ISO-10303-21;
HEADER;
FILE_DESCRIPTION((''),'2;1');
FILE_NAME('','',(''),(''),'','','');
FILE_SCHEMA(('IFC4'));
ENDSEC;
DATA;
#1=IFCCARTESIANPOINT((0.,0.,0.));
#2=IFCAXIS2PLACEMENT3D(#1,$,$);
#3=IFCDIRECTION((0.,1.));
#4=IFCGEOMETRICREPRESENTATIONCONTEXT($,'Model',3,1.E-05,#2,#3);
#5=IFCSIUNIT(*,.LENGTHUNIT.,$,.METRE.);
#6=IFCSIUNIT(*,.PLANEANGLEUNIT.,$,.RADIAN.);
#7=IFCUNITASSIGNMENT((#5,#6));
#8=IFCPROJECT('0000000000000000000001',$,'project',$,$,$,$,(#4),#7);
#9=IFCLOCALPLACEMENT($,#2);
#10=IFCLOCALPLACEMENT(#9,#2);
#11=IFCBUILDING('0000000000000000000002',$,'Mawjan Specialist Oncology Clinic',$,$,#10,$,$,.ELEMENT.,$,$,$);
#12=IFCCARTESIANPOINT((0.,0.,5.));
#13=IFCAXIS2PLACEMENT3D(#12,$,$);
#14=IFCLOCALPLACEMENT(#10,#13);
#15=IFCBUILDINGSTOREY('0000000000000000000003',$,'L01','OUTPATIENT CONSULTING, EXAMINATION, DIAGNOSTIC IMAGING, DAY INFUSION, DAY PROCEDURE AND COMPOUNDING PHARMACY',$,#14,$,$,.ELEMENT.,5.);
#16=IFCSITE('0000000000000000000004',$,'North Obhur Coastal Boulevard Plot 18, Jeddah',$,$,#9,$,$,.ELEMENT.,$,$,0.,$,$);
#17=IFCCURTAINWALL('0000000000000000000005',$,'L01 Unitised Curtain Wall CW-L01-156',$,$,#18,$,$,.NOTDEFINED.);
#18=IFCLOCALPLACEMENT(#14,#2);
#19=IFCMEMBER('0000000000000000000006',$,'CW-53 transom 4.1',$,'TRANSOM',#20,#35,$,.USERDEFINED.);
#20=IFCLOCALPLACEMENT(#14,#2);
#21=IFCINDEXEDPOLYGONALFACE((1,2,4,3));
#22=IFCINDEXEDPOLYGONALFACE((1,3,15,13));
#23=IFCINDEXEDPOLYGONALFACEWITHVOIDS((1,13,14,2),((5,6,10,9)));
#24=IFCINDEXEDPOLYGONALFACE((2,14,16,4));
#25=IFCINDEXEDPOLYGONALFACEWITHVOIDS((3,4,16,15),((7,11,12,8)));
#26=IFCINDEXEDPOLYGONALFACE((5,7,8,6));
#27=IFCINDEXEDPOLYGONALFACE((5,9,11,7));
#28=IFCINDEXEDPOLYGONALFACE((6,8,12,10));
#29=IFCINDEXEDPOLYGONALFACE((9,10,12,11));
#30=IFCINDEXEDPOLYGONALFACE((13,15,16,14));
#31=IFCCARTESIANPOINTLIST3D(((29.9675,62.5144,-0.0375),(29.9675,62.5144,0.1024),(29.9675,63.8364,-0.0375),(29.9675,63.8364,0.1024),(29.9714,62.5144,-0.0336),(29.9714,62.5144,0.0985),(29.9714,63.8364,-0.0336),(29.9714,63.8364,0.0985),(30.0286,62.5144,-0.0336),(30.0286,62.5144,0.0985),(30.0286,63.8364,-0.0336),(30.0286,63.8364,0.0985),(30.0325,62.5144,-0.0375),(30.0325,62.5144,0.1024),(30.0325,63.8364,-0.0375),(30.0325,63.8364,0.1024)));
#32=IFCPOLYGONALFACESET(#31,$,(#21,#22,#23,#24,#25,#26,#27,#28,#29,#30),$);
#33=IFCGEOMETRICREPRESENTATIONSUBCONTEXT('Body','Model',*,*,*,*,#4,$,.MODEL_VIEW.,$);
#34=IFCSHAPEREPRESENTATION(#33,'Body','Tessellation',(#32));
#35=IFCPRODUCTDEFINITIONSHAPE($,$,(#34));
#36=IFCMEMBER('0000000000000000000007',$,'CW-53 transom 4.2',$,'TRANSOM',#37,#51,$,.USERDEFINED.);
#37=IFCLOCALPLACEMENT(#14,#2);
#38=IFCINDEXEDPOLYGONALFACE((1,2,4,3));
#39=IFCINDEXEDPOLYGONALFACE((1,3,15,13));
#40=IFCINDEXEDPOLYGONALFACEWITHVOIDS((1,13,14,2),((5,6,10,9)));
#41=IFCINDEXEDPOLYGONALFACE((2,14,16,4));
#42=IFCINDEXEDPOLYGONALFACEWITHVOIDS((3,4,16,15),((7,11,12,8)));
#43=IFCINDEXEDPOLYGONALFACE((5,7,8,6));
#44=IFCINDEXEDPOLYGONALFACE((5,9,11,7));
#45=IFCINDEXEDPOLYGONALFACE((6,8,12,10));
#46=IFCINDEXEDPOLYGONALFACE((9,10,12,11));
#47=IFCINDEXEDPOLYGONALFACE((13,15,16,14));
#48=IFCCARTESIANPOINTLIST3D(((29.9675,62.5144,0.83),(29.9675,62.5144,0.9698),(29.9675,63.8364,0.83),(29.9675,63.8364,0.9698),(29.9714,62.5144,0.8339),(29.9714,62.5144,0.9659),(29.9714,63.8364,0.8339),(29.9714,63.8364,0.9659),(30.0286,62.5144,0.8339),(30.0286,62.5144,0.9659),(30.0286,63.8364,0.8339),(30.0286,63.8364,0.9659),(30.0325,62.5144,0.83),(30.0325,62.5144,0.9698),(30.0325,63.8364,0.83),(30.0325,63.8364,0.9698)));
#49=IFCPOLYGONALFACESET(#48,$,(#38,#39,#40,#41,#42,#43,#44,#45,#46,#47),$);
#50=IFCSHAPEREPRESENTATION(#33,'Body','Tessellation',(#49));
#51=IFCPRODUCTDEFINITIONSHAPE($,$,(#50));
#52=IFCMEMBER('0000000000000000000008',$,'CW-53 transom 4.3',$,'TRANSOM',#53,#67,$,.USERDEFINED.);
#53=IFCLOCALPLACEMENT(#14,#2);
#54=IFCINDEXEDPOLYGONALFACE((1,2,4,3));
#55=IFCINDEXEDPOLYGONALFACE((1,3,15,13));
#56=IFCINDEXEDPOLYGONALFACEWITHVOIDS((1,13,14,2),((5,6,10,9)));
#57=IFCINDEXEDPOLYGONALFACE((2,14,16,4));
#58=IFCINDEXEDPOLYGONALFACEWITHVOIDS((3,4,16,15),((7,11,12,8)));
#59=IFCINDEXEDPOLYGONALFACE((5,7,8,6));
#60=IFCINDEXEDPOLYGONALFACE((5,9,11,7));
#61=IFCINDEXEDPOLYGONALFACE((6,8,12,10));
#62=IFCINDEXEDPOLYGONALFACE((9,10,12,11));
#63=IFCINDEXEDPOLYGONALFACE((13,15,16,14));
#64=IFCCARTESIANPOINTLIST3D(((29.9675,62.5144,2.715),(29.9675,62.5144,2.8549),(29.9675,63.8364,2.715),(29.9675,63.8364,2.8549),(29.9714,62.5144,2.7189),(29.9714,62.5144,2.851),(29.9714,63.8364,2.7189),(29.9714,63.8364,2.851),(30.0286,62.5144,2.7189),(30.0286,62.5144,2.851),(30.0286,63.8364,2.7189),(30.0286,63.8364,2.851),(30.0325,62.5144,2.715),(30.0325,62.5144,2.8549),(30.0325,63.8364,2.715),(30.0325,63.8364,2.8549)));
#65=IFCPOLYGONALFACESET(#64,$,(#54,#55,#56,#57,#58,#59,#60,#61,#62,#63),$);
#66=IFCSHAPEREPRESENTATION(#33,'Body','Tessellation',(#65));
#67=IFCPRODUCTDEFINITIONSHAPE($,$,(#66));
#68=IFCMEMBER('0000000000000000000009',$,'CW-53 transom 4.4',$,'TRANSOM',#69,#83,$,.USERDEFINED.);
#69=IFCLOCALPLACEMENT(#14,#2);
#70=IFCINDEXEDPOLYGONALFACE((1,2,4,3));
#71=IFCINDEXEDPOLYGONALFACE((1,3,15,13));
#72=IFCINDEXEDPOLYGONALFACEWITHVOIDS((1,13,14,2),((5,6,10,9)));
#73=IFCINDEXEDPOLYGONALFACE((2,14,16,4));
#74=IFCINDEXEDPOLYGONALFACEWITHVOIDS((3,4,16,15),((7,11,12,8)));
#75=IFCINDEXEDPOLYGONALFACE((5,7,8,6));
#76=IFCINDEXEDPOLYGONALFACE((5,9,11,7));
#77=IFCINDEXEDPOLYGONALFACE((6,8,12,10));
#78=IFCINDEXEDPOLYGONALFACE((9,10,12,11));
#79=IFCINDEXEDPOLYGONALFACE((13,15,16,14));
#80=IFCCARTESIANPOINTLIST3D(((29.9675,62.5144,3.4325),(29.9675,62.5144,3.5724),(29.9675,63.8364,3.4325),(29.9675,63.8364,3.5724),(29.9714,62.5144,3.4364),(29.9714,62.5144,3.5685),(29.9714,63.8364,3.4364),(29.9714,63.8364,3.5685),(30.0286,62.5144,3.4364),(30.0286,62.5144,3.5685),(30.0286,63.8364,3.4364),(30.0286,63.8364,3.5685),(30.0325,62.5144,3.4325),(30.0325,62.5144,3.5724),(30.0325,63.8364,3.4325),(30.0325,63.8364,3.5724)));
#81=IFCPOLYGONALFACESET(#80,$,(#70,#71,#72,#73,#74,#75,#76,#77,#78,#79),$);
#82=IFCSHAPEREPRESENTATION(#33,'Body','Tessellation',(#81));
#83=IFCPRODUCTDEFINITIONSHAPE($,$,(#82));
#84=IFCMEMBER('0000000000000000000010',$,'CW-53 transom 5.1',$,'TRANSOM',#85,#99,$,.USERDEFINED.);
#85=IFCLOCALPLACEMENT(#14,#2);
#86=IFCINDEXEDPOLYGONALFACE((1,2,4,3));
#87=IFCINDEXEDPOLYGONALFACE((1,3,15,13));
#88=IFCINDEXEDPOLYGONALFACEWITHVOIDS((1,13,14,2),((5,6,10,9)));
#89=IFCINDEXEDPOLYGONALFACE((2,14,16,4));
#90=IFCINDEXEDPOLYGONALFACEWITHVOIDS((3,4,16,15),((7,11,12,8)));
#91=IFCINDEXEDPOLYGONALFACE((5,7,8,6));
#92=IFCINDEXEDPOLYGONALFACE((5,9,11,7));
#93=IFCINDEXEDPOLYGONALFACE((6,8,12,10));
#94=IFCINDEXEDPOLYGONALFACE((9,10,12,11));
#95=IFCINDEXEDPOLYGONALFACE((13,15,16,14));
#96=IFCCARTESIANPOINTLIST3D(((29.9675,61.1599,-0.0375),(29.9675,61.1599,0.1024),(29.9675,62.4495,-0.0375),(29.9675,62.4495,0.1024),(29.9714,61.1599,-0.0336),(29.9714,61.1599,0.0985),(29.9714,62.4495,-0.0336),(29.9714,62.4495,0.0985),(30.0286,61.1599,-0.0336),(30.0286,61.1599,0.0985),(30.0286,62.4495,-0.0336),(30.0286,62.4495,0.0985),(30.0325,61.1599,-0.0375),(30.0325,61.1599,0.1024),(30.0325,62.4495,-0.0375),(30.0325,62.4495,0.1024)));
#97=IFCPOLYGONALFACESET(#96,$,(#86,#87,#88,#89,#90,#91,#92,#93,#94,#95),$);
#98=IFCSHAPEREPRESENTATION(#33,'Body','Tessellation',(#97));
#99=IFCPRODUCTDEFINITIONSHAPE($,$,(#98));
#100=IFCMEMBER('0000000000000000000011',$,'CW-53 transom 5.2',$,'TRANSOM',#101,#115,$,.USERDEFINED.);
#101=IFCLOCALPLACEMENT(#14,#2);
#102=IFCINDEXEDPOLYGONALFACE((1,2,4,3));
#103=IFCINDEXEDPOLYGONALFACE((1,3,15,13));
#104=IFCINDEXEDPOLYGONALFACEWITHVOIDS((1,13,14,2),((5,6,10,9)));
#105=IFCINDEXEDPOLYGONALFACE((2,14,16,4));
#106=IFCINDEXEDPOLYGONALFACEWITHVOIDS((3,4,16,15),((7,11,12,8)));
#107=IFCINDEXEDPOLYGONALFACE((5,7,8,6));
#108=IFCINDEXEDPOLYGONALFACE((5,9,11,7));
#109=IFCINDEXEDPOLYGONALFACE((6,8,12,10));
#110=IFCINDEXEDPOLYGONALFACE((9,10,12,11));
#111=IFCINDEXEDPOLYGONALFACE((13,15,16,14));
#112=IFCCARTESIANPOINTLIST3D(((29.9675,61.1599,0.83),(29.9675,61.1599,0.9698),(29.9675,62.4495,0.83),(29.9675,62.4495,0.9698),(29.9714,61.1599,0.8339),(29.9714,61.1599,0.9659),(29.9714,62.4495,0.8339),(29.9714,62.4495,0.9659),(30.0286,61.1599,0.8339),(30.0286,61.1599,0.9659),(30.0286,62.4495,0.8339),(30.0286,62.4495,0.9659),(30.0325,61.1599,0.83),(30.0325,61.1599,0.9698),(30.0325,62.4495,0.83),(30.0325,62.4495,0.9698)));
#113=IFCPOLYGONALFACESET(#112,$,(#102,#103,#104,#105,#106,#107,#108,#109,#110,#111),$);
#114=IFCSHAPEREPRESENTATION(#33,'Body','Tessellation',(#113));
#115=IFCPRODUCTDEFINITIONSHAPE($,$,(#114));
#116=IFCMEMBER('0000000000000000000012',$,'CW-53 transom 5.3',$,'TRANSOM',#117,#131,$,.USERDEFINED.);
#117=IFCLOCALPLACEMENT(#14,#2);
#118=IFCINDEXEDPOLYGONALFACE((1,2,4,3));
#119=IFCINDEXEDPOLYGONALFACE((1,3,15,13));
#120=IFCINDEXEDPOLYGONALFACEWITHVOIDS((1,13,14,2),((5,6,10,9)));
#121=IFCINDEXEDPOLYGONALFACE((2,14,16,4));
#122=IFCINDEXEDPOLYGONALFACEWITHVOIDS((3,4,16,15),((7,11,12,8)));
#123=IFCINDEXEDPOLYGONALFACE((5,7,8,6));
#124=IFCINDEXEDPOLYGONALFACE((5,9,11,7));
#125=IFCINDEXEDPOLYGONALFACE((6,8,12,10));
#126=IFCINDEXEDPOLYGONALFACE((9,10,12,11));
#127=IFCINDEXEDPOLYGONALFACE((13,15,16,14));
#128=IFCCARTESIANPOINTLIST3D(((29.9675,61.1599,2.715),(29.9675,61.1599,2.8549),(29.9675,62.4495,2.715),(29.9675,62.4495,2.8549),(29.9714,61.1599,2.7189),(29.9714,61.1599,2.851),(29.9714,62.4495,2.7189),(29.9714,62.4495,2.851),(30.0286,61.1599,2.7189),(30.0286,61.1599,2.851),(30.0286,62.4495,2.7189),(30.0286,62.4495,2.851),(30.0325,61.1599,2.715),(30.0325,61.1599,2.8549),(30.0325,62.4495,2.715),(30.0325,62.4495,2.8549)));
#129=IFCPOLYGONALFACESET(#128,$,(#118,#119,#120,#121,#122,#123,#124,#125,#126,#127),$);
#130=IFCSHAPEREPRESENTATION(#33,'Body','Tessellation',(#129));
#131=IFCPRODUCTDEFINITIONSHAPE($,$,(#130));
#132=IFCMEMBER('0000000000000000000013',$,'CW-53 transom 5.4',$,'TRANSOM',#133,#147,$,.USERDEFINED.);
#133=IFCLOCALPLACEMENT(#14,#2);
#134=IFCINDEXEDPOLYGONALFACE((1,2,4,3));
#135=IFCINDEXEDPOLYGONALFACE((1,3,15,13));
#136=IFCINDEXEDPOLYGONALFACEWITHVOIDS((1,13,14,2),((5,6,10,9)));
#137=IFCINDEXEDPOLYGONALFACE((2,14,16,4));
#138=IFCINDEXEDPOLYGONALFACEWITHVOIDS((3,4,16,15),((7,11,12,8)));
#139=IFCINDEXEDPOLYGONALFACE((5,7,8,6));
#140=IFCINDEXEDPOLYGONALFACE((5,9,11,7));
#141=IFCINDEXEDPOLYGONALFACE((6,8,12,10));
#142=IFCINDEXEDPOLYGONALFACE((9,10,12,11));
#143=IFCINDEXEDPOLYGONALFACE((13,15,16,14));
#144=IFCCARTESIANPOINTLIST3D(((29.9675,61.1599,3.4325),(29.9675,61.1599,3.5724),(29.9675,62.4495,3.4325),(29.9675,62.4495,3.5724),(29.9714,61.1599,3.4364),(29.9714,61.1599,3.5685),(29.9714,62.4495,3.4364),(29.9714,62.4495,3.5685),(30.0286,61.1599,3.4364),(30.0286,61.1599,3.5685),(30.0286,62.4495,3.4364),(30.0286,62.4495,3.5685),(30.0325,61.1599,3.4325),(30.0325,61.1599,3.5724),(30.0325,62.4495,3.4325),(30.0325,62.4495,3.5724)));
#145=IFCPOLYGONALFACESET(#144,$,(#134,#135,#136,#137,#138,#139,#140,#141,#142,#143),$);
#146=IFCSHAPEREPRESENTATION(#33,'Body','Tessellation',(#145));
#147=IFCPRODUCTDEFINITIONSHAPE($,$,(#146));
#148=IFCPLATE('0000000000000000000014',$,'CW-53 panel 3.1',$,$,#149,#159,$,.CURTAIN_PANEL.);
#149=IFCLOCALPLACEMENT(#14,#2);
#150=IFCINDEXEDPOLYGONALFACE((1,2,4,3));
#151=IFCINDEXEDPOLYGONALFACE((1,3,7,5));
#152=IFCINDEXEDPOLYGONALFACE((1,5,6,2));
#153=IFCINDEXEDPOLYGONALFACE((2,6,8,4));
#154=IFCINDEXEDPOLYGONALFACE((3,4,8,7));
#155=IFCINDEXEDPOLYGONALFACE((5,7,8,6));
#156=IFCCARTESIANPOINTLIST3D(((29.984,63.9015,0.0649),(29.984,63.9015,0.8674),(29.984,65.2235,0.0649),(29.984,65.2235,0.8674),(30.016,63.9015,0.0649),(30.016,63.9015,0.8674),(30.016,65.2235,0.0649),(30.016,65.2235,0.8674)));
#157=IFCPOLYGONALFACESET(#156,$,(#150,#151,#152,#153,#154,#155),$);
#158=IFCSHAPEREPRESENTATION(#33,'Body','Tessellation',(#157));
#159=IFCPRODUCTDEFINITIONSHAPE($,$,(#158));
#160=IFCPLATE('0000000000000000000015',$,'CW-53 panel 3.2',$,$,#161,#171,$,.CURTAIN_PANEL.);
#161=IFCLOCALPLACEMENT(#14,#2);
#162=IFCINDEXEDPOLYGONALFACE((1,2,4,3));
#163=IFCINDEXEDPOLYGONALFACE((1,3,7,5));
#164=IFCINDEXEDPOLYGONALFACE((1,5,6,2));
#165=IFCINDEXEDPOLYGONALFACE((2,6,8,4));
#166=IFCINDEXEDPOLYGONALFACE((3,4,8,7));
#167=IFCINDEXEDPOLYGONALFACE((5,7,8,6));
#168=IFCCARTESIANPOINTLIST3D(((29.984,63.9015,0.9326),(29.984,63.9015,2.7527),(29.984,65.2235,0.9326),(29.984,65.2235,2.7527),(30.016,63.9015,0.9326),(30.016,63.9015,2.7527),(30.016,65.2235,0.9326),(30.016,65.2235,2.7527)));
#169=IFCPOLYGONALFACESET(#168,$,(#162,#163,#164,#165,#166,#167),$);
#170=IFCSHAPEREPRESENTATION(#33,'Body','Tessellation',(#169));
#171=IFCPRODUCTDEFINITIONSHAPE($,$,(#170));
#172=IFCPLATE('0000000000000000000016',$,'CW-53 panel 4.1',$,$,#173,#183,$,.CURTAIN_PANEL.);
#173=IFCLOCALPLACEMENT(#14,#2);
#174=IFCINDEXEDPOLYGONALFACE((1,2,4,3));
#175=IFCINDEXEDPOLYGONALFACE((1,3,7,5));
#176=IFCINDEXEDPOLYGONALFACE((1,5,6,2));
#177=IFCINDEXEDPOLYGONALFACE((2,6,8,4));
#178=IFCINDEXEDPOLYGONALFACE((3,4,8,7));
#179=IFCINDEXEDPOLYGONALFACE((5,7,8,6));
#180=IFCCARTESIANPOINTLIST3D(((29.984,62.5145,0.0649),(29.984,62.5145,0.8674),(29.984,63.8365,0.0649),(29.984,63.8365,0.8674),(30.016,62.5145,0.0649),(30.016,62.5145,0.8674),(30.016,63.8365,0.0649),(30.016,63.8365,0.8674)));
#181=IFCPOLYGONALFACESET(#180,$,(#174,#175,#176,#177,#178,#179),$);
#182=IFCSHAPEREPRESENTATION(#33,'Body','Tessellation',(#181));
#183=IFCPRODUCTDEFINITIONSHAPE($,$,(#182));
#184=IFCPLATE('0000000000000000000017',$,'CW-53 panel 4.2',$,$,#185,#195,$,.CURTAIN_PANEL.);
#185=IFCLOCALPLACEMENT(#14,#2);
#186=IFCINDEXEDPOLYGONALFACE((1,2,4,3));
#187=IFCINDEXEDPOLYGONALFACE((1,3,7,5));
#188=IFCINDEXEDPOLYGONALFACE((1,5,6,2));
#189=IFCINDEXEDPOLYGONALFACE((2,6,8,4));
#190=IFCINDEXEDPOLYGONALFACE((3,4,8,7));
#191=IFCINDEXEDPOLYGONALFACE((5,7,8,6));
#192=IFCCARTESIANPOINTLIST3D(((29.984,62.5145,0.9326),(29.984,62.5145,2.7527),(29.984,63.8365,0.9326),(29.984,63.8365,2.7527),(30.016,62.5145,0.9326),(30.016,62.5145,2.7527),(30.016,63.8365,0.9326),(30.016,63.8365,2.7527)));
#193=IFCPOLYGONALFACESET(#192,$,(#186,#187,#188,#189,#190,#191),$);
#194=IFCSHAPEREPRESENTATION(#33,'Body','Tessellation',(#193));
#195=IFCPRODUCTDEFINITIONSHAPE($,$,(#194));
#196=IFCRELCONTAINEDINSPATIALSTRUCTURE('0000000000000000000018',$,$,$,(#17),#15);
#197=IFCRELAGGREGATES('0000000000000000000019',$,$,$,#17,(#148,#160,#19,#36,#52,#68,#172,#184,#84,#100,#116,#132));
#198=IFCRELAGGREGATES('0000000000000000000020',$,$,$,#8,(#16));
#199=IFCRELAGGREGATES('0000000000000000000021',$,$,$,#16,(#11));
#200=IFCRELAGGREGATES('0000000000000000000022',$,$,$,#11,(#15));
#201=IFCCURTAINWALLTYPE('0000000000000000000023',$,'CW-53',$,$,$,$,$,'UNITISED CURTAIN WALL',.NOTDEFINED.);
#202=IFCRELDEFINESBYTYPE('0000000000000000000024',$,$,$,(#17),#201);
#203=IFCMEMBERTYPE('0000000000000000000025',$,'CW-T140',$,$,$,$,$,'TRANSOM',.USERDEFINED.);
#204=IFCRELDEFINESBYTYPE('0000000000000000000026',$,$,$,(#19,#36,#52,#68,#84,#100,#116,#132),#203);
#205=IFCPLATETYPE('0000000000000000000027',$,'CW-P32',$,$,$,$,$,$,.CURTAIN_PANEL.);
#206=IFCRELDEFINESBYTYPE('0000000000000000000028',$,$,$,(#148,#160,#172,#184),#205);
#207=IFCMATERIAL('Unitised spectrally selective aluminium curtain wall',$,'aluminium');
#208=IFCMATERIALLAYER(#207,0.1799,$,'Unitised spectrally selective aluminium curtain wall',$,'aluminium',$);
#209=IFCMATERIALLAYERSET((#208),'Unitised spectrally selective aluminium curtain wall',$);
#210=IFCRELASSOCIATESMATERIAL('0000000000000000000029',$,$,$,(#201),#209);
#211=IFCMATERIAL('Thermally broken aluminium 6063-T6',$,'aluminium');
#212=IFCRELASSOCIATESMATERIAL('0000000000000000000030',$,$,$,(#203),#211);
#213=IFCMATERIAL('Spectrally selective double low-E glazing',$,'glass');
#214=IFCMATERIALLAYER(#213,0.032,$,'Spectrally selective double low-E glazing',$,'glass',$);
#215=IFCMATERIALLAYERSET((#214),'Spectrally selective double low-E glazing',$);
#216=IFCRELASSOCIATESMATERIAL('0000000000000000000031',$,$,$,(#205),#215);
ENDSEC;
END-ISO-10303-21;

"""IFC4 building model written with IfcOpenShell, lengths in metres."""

from ifc_helpers import new_model, si_unit, direction, frame, origin, origin_2d, place, context, subcontext, project, spatial, rectangle, hollow_rectangle, extrude, material, layer, layer_set, material_profile, profile_set, type_object, element, aggregate, save


model = new_model("IFC4")

# Units and contexts
model_context = context("Model", 3, precision=1e-05, world=origin(), true_north=direction((0.0, 1.0)))
body_context = subcontext(model_context, "Body", "Model", "MODEL_VIEW")
ifc_project = project(units=[si_unit("LENGTHUNIT", "METRE"), si_unit("PLANEANGLEUNIT", "RADIAN")], contexts=[model_context])

# Site, building, storey
site_placement = place(None, origin())
site = spatial("IfcSite", under=ifc_project, at=site_placement, Name="North Obhur Coastal Boulevard Plot 18, Jeddah", CompositionType="ELEMENT", RefElevation=0.0)
building_placement = place(site_placement, origin())
building = spatial("IfcBuilding", under=site, at=building_placement, Name="Mawjan Specialist Oncology Clinic", CompositionType="ELEMENT")
storey_placement = place(building_placement, frame((0.0, 0.0, 5.0)))
storey = spatial("IfcBuildingStorey", under=building, at=storey_placement, Name="L01", Description="OUTPATIENT CONSULTING, EXAMINATION, DIAGNOSTIC IMAGING, DAY INFUSION, DAY PROCEDURE AND COMPOUNDING PHARMACY", CompositionType="ELEMENT", Elevation=5.0)

# Curtain wall, members, plates
ifc_material_1 = material(Name="Unitised spectrally selective aluminium curtain wall", Category="aluminium")
ifc_layer_1 = layer(ifc_material_1, 0.1799, Name="Unitised spectrally selective aluminium curtain wall", Category="aluminium")
ifc_layer_set_1 = layer_set([ifc_layer_1], Name="Unitised spectrally selective aluminium curtain wall")
curtain_wall_type = type_object("IfcCurtainWallType", Name="CW-53", ElementType="UNITISED CURTAIN WALL", PredefinedType="NOTDEFINED", material=ifc_layer_set_1)
curtain_wall_placement = place(storey_placement, origin())
curtain_wall = element("IfcCurtainWall", 1, at=curtain_wall_placement, inside=storey, type_object=curtain_wall_type, Name="L01 Unitised Curtain Wall CW-L01-156", PredefinedType="NOTDEFINED")
ifc_material_2 = material(Name="Thermally broken aluminium 6063-T6", Category="aluminium")
ifc_material_profile_1 = material_profile(ifc_material_2, hollow_rectangle(XDim=0.0649, YDim=0.1399, WallThickness=0.0039, at=origin_2d()), Name="ALU TRANSOM 140x65x4", Category="aluminium")
ifc_profile_set_1 = profile_set([ifc_material_profile_1], Name="Thermally broken aluminium 6063-T6")
member_type_1 = type_object("IfcMemberType", Name="CW-T140", ElementType="TRANSOM", PredefinedType="USERDEFINED", material=ifc_profile_set_1)
member_1_placement = place(storey_placement, frame((30.0, 63.8364, 0.0325), z_axis=(0.0, -1.0, 0.0), x_axis=(1.0, 0.0, 0.0)))
member_1 = element("IfcMember", 2, at=member_1_placement, type_object=member_type_1, Name="CW-53 transom 4.1", ObjectType="TRANSOM", PredefinedType="USERDEFINED", context=body_context, shape_type="SweptSolid", body=[
    extrude(hollow_rectangle(XDim=0.0649, YDim=0.1399, WallThickness=0.0039, at=origin_2d()), origin(), (0.0, 0.0, 1.0), 1.322),
])
member_2_placement = place(storey_placement, frame((30.0, 63.8364, 0.8999), z_axis=(0.0, -1.0, 0.0), x_axis=(1.0, 0.0, 0.0)))
member_2 = element("IfcMember", 3, at=member_2_placement, type_object=member_type_1, Name="CW-53 transom 4.2", ObjectType="TRANSOM", PredefinedType="USERDEFINED", context=body_context, shape_type="SweptSolid", body=[
    extrude(hollow_rectangle(XDim=0.0649, YDim=0.1399, WallThickness=0.0039, at=origin_2d()), origin(), (0.0, 0.0, 1.0), 1.322),
])
member_3_placement = place(storey_placement, frame((30.0, 63.8364, 2.7849), z_axis=(0.0, -1.0, 0.0), x_axis=(1.0, 0.0, 0.0)))
member_3 = element("IfcMember", 4, at=member_3_placement, type_object=member_type_1, Name="CW-53 transom 4.3", ObjectType="TRANSOM", PredefinedType="USERDEFINED", context=body_context, shape_type="SweptSolid", body=[
    extrude(hollow_rectangle(XDim=0.0649, YDim=0.1399, WallThickness=0.0039, at=origin_2d()), origin(), (0.0, 0.0, 1.0), 1.322),
])
member_4_placement = place(storey_placement, frame((30.0, 63.8364, 3.5024), z_axis=(0.0, -1.0, 0.0), x_axis=(1.0, 0.0, 0.0)))
member_4 = element("IfcMember", 5, at=member_4_placement, type_object=member_type_1, Name="CW-53 transom 4.4", ObjectType="TRANSOM", PredefinedType="USERDEFINED", context=body_context, shape_type="SweptSolid", body=[
    extrude(hollow_rectangle(XDim=0.0649, YDim=0.1399, WallThickness=0.0039, at=origin_2d()), origin(), (0.0, 0.0, 1.0), 1.322),
])
member_5_placement = place(storey_placement, frame((30.0, 62.4495, 0.0325), z_axis=(0.0, -1.0, 0.0), x_axis=(1.0, 0.0, 0.0)))
member_5 = element("IfcMember", 6, at=member_5_placement, type_object=member_type_1, Name="CW-53 transom 5.1", ObjectType="TRANSOM", PredefinedType="USERDEFINED", context=body_context, shape_type="SweptSolid", body=[
    extrude(hollow_rectangle(XDim=0.0649, YDim=0.1399, WallThickness=0.0039, at=origin_2d()), origin(), (0.0, 0.0, 1.0), 1.2896),
])
member_6_placement = place(storey_placement, frame((30.0, 62.4495, 0.8999), z_axis=(0.0, -1.0, 0.0), x_axis=(1.0, 0.0, 0.0)))
member_6 = element("IfcMember", 7, at=member_6_placement, type_object=member_type_1, Name="CW-53 transom 5.2", ObjectType="TRANSOM", PredefinedType="USERDEFINED", context=body_context, shape_type="SweptSolid", body=[
    extrude(hollow_rectangle(XDim=0.0649, YDim=0.1399, WallThickness=0.0039, at=origin_2d()), origin(), (0.0, 0.0, 1.0), 1.2896),
])
member_7_placement = place(storey_placement, frame((30.0, 62.4495, 2.7849), z_axis=(0.0, -1.0, 0.0), x_axis=(1.0, 0.0, 0.0)))
member_7 = element("IfcMember", 8, at=member_7_placement, type_object=member_type_1, Name="CW-53 transom 5.3", ObjectType="TRANSOM", PredefinedType="USERDEFINED", context=body_context, shape_type="SweptSolid", body=[
    extrude(hollow_rectangle(XDim=0.0649, YDim=0.1399, WallThickness=0.0039, at=origin_2d()), origin(), (0.0, 0.0, 1.0), 1.2896),
])
member_8_placement = place(storey_placement, frame((30.0, 62.4495, 3.5024), z_axis=(0.0, -1.0, 0.0), x_axis=(1.0, 0.0, 0.0)))
member_8 = element("IfcMember", 9, at=member_8_placement, type_object=member_type_1, Name="CW-53 transom 5.4", ObjectType="TRANSOM", PredefinedType="USERDEFINED", context=body_context, shape_type="SweptSolid", body=[
    extrude(hollow_rectangle(XDim=0.0649, YDim=0.1399, WallThickness=0.0039, at=origin_2d()), origin(), (0.0, 0.0, 1.0), 1.2896),
])
ifc_material_3 = material(Name="Spectrally selective double low-E glazing", Category="glass")
ifc_layer_2 = layer(ifc_material_3, 0.032, Name="Spectrally selective double low-E glazing", Category="glass")
ifc_layer_set_2 = layer_set([ifc_layer_2], Name="Spectrally selective double low-E glazing")
plate_type = type_object("IfcPlateType", Name="CW-P32", PredefinedType="CURTAIN_PANEL", material=ifc_layer_set_2)
plate_1_placement = place(storey_placement, frame((30.0, 64.5625, 0.0649), z_axis=(0.0, 0.0, 1.0), x_axis=(0.0, -1.0, 0.0)))
plate_1 = element("IfcPlate", 10, at=plate_1_placement, type_object=plate_type, Name="CW-53 panel 3.1", PredefinedType="CURTAIN_PANEL", context=body_context, shape_type="SweptSolid", body=[
    extrude(rectangle(XDim=1.322, YDim=0.032, at=origin_2d()), origin(), (0.0, 0.0, 1.0), 0.8025),
])
plate_2_placement = place(storey_placement, frame((30.0, 64.5625, 0.9326), z_axis=(0.0, 0.0, 1.0), x_axis=(0.0, -1.0, 0.0)))
plate_2 = element("IfcPlate", 11, at=plate_2_placement, type_object=plate_type, Name="CW-53 panel 3.2", PredefinedType="CURTAIN_PANEL", context=body_context, shape_type="SweptSolid", body=[
    extrude(rectangle(XDim=1.322, YDim=0.032, at=origin_2d()), origin(), (0.0, 0.0, 1.0), 1.8201),
])
plate_3_placement = place(storey_placement, frame((30.0, 63.1755, 0.0649), z_axis=(0.0, 0.0, 1.0), x_axis=(0.0, -1.0, 0.0)))
plate_3 = element("IfcPlate", 12, at=plate_3_placement, type_object=plate_type, Name="CW-53 panel 4.1", PredefinedType="CURTAIN_PANEL", context=body_context, shape_type="SweptSolid", body=[
    extrude(rectangle(XDim=1.322, YDim=0.032, at=origin_2d()), origin(), (0.0, 0.0, 1.0), 0.8025),
])
plate_4_placement = place(storey_placement, frame((30.0, 63.1755, 0.9326), z_axis=(0.0, 0.0, 1.0), x_axis=(0.0, -1.0, 0.0)))
plate_4 = element("IfcPlate", 13, at=plate_4_placement, type_object=plate_type, Name="CW-53 panel 4.2", PredefinedType="CURTAIN_PANEL", context=body_context, shape_type="SweptSolid", body=[
    extrude(rectangle(XDim=1.322, YDim=0.032, at=origin_2d()), origin(), (0.0, 0.0, 1.0), 1.8201),
])
aggregate(curtain_wall, [plate_1, plate_2, member_1, member_2, member_3, member_4, plate_3, plate_4, member_5, member_6, member_7, member_8])

save(model, "model.ifc")
